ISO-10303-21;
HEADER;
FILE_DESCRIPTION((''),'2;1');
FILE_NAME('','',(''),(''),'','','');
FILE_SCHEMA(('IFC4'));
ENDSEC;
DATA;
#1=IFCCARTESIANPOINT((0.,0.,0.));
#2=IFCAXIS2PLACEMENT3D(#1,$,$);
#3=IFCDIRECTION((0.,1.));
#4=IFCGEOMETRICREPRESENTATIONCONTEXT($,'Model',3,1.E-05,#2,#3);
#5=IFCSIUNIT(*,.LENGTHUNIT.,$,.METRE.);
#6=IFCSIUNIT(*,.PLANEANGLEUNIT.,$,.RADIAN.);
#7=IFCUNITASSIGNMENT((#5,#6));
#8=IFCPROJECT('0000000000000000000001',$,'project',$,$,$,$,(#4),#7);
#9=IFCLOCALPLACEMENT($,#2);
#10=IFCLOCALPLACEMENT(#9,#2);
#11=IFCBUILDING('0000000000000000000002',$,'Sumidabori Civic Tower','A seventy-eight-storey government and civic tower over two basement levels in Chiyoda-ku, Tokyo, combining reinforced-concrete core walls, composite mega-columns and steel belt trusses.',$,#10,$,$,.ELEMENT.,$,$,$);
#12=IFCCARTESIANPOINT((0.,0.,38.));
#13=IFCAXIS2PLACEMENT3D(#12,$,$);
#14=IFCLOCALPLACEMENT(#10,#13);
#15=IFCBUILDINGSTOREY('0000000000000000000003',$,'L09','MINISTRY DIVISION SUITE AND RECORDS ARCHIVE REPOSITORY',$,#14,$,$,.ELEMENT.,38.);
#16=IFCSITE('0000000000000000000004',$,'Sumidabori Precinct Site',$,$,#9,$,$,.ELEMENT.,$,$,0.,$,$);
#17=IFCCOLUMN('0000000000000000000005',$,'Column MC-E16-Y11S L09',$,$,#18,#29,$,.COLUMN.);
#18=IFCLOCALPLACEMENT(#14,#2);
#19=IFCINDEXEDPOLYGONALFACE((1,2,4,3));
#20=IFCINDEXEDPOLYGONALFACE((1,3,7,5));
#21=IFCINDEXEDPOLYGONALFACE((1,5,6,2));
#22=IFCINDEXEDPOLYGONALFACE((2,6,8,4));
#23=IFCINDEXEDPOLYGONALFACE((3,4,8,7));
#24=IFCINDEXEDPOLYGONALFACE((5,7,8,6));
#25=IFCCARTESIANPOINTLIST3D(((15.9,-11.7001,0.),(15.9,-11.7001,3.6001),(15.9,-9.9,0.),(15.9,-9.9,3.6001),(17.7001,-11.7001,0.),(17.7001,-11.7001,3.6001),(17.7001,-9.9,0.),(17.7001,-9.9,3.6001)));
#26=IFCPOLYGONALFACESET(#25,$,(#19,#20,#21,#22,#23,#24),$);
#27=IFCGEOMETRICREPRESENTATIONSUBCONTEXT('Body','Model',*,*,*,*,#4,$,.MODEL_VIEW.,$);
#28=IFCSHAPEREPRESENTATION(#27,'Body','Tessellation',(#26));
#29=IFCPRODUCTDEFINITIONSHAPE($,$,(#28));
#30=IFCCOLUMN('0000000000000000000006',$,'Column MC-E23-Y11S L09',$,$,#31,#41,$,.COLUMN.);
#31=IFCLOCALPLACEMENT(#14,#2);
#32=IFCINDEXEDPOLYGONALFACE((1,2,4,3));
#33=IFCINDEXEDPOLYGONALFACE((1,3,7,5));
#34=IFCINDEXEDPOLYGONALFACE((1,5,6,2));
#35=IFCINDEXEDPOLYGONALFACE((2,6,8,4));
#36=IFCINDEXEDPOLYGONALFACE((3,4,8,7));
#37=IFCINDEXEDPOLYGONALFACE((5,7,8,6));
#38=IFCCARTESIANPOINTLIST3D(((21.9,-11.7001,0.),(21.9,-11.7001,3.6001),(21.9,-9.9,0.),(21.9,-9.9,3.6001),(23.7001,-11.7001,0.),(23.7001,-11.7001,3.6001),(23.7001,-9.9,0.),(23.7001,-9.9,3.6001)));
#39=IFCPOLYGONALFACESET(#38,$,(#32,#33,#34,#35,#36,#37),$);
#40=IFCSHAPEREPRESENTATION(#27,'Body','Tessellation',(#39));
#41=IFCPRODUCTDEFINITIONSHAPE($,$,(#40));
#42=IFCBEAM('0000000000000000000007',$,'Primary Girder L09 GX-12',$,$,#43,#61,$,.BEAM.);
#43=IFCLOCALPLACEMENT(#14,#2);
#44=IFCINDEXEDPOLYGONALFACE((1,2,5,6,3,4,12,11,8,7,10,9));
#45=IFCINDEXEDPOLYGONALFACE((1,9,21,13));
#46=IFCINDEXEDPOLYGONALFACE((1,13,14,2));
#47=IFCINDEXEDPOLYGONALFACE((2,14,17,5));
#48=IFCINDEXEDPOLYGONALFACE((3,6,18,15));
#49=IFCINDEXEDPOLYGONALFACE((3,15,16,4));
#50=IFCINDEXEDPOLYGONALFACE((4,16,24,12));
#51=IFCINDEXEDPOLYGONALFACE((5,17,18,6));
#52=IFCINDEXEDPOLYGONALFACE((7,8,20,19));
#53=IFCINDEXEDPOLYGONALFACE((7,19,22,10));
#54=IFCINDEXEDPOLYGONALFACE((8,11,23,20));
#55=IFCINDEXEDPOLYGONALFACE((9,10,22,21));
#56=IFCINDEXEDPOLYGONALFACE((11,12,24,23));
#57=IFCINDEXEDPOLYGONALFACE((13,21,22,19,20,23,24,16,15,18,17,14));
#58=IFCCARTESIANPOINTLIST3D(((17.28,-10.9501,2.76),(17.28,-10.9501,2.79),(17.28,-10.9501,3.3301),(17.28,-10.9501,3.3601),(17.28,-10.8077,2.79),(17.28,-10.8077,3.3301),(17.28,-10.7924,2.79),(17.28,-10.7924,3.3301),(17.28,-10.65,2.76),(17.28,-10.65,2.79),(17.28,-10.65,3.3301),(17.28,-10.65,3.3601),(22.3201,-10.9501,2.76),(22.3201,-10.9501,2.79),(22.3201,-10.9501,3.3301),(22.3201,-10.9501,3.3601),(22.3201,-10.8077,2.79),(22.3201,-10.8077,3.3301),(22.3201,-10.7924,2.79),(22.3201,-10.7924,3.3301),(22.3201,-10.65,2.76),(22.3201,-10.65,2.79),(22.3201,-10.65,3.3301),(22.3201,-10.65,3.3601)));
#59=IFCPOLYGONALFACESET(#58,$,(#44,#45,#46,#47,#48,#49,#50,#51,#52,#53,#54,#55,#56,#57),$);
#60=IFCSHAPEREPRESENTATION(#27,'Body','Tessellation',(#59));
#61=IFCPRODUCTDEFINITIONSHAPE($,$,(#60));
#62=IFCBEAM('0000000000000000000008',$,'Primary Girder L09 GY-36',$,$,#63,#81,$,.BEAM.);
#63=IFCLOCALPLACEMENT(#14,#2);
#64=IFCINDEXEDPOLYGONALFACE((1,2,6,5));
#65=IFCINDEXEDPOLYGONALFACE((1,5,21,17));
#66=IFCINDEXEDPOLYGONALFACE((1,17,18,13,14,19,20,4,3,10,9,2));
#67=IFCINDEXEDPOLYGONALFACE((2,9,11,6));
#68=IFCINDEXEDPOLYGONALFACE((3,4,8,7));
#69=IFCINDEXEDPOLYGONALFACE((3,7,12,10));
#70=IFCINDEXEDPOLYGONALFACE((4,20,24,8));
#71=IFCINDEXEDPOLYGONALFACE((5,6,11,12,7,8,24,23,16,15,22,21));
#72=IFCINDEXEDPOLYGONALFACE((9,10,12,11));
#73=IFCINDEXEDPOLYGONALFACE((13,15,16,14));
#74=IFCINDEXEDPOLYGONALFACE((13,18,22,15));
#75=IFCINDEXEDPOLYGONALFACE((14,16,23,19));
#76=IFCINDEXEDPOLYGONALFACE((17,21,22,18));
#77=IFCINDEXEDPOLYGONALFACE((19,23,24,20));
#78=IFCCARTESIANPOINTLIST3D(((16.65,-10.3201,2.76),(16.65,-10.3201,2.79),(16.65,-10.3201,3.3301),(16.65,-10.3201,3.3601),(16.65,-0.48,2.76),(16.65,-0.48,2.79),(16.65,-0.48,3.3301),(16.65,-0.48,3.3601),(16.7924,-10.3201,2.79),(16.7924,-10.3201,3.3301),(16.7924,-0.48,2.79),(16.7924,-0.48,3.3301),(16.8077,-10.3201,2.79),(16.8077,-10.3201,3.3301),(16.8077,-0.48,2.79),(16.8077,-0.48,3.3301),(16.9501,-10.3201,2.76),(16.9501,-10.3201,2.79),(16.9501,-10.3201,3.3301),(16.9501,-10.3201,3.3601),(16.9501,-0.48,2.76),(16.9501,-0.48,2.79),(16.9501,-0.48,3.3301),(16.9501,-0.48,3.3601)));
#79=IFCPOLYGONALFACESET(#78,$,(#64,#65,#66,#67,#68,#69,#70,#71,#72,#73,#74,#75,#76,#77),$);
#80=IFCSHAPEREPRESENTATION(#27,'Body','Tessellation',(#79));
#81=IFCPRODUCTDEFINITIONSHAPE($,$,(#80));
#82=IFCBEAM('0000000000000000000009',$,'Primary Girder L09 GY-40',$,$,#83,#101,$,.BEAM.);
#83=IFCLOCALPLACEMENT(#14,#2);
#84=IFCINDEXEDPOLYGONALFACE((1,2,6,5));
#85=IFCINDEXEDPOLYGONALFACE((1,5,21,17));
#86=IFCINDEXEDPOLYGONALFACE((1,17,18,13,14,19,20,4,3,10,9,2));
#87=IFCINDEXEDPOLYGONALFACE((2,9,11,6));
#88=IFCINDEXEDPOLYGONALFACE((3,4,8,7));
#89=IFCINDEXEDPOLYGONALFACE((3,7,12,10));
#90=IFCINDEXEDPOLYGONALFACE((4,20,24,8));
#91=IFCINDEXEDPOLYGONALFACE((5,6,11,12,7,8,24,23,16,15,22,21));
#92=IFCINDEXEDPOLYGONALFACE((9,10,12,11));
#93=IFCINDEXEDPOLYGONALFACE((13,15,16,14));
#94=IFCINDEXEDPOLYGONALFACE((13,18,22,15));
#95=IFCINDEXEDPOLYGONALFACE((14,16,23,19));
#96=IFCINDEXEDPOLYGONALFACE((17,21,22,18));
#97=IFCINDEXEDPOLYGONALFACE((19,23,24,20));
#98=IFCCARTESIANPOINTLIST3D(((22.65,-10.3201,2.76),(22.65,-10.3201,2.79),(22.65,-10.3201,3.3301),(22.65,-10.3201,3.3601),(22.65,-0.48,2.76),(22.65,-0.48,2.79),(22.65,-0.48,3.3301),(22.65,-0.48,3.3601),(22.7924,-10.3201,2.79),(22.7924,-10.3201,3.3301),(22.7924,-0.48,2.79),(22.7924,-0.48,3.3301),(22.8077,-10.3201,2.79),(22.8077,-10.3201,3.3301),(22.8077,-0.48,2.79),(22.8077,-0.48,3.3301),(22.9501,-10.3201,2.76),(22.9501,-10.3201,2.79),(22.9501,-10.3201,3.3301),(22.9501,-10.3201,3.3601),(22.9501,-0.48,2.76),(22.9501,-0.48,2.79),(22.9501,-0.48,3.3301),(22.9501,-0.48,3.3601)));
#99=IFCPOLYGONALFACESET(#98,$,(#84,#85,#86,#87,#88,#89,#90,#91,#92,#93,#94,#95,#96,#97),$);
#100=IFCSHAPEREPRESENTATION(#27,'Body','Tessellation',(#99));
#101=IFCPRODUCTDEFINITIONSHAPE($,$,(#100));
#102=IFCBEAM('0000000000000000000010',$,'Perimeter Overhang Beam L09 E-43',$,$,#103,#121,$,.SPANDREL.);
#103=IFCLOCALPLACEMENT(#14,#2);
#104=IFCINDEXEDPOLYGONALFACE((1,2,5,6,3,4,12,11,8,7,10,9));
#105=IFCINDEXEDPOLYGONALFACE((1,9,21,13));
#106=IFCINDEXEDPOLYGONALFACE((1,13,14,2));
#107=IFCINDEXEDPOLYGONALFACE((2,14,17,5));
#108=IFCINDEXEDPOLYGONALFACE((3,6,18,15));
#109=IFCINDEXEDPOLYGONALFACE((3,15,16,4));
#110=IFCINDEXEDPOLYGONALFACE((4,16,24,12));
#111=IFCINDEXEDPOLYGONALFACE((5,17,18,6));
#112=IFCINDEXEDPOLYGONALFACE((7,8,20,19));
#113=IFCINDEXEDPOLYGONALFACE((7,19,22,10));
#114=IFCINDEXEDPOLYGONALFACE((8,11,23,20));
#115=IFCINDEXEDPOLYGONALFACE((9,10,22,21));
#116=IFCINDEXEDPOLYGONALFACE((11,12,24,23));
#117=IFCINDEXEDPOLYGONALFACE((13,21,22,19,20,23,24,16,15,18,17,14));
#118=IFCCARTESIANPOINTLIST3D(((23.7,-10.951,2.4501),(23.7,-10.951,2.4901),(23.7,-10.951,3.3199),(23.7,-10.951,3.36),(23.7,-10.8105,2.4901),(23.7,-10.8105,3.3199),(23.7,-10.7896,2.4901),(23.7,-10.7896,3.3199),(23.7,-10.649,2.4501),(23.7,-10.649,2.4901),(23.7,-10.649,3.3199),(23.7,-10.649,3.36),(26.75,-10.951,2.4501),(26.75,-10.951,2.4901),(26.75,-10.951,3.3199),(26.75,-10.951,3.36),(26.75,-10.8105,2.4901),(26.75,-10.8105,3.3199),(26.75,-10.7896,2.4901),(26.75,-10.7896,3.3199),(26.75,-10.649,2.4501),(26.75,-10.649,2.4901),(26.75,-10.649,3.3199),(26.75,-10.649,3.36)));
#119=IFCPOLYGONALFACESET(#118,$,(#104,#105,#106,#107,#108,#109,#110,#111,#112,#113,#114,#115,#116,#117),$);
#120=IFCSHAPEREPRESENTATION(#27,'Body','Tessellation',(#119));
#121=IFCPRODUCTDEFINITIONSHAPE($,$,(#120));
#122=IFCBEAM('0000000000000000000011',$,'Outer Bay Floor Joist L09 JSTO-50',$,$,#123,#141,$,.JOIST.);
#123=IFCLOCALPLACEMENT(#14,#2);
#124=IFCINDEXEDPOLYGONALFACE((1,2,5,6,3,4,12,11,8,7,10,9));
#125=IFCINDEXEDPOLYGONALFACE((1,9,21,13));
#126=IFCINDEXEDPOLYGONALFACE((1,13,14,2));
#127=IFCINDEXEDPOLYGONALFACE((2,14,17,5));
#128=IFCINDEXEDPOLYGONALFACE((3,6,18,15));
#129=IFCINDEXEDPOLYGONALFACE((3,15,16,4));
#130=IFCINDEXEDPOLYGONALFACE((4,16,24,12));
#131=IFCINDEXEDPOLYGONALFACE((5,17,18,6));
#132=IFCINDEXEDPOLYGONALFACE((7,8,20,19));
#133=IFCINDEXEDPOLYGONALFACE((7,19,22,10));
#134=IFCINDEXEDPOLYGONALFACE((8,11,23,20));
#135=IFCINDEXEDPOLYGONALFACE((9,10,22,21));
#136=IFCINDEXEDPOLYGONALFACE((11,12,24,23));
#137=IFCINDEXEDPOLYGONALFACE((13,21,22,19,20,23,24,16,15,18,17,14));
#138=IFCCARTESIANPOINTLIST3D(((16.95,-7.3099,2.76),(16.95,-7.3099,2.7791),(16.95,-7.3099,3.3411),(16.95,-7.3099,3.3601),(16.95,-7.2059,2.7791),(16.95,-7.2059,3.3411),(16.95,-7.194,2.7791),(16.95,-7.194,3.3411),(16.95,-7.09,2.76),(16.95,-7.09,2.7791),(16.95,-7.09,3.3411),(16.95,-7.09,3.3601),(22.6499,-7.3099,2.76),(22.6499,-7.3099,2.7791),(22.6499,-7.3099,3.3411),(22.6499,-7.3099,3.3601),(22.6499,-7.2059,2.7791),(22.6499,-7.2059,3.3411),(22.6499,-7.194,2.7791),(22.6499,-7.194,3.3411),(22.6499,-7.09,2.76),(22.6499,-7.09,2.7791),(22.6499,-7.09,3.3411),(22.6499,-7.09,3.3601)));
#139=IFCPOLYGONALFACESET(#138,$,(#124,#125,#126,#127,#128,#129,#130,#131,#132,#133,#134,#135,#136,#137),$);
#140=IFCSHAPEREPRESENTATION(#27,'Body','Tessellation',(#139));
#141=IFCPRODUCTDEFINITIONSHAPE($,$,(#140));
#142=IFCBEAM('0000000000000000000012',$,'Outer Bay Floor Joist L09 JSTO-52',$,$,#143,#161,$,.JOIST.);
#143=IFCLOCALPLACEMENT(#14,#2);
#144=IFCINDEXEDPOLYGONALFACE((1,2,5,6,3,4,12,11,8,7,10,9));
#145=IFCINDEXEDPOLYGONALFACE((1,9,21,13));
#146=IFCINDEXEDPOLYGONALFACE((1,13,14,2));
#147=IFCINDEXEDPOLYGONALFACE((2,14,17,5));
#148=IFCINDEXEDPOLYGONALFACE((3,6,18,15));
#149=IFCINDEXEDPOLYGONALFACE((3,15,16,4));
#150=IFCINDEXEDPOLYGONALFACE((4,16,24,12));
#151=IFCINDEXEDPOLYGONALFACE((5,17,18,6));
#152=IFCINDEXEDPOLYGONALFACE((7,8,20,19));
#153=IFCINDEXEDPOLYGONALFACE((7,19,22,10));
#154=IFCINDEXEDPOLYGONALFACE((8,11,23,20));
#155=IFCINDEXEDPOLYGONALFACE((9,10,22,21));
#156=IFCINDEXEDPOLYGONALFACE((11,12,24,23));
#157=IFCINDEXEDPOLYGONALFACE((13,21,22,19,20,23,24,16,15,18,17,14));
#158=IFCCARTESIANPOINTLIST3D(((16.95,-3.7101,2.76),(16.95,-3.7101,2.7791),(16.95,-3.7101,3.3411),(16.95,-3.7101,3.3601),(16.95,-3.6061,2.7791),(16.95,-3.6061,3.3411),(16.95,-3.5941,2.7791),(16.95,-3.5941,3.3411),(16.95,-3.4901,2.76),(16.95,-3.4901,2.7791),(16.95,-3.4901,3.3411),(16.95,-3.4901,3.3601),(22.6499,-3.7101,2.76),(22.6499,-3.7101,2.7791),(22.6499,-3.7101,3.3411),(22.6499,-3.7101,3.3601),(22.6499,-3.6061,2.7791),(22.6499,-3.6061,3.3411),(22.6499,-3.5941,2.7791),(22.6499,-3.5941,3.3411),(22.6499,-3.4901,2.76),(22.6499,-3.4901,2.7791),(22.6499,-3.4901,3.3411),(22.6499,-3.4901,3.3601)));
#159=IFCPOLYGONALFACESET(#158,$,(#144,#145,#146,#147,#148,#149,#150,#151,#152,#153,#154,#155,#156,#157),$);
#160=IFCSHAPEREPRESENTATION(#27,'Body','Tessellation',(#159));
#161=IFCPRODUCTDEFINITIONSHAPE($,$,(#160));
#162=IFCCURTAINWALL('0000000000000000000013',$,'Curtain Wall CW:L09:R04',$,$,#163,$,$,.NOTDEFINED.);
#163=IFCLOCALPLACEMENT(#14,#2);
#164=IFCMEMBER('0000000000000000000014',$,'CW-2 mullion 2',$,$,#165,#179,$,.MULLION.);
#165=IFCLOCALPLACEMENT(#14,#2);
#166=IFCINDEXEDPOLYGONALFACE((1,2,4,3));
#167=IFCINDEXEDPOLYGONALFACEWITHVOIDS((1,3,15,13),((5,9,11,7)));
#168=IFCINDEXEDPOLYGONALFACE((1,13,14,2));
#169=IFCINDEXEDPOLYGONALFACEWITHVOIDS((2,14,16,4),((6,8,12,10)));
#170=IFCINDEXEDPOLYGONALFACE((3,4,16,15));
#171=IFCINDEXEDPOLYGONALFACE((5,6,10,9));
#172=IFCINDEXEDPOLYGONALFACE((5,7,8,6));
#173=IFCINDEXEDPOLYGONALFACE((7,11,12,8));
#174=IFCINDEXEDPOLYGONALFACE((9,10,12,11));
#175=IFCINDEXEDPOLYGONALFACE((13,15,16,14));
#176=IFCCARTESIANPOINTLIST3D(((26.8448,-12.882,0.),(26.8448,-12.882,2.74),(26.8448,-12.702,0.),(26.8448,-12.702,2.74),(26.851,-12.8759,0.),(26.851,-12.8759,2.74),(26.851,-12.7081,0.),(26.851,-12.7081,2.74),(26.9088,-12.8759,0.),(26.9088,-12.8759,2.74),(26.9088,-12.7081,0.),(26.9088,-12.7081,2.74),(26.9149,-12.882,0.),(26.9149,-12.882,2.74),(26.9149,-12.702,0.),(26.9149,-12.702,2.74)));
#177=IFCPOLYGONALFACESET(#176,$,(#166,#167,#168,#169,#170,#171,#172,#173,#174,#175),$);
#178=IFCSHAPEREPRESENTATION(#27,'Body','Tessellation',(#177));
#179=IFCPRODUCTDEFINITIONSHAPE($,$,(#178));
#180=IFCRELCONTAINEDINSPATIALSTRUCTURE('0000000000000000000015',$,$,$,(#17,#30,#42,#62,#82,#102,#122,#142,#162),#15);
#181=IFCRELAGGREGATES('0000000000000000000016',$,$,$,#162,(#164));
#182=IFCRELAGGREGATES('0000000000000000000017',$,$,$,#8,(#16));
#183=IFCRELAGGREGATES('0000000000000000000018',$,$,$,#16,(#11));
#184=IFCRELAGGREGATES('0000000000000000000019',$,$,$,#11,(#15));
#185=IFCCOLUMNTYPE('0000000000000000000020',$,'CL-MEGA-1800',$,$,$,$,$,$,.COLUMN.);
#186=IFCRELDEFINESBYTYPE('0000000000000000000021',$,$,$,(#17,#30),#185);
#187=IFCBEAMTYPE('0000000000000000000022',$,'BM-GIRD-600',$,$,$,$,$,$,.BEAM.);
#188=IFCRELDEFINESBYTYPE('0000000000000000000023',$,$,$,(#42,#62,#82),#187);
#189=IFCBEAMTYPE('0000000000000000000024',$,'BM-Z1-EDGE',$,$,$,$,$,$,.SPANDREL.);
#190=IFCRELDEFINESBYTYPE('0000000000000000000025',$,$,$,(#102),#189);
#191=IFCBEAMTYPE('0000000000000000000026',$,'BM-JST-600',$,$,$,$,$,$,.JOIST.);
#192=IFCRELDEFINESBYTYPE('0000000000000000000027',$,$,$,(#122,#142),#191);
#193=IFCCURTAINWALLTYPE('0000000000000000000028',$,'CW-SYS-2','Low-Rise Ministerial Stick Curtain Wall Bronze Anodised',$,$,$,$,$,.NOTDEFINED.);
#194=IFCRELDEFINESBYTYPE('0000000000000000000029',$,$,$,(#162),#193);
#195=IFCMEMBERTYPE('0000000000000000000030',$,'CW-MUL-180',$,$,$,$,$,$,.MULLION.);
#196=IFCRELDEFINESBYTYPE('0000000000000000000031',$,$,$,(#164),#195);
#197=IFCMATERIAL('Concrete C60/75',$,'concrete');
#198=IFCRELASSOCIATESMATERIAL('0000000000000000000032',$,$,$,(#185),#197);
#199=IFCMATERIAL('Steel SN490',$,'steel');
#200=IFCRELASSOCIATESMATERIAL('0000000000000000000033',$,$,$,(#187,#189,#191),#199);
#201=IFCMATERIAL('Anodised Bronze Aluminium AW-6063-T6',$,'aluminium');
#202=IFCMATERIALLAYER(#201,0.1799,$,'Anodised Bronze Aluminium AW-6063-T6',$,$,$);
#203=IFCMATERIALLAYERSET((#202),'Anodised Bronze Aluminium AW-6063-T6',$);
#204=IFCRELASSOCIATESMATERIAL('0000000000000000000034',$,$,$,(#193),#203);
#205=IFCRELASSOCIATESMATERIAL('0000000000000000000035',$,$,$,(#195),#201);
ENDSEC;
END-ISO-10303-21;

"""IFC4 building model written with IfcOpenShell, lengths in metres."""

from ifc_helpers import new_model, si_unit, direction, frame, origin, origin_2d, place, context, subcontext, project, spatial, rectangle, hollow_rectangle, i_section, extrude, source, transform, mapped, material, layer, layer_set, material_profile, profile_set, type_object, element, aggregate, save


model = new_model("IFC4")

# Units and contexts
model_context = context("Model", 3, precision=1e-05, world=origin(), true_north=direction((0.0, 1.0)))
body_context = subcontext(model_context, "Body", "Model", "MODEL_VIEW")
ifc_project = project(units=[si_unit("LENGTHUNIT", "METRE"), si_unit("PLANEANGLEUNIT", "RADIAN")], contexts=[model_context])

# Site, building, storey
site_placement = place(None, origin())
site = spatial("IfcSite", under=ifc_project, at=site_placement, Name="Sumidabori Precinct Site", CompositionType="ELEMENT", RefElevation=0.0)
building_placement = place(site_placement, origin())
building = spatial("IfcBuilding", under=site, at=building_placement, Name="Sumidabori Civic Tower", Description="A seventy-eight-storey government and civic tower over two basement levels in Chiyoda-ku, Tokyo, combining reinforced-concrete core walls, composite mega-columns and steel belt trusses.", CompositionType="ELEMENT")
storey_placement = place(building_placement, frame((0.0, 0.0, 38.0)))
storey = spatial("IfcBuildingStorey", under=building, at=storey_placement, Name="L09", Description="MINISTRY DIVISION SUITE AND RECORDS ARCHIVE REPOSITORY", CompositionType="ELEMENT", Elevation=38.0)

# Columns
ifc_material_1 = material(Name="Concrete C60/75", Category="concrete")
ifc_material_profile_1 = material_profile(ifc_material_1, rectangle(XDim=1.8, YDim=1.8, at=origin_2d()), Name="RC 1800x1800")
ifc_profile_set_1 = profile_set([ifc_material_profile_1], Name="Concrete C60/75")
column_type = type_object("IfcColumnType", Name="CL-MEGA-1800", PredefinedType="COLUMN", material=ifc_profile_set_1)
shared_shape_1 = source(origin(), body_context, "Body", "SweptSolid", [
    extrude(rectangle(XDim=1.8, YDim=1.8, at=origin_2d()), origin(), (0.0, 0.0, 1.0), 3.6001),
])
for number, where, z_axis, x_axis, name in (
    (1, (16.8, -10.8, 0.0), (0.0, 0.0, 1.0), (1.0, 0.0, 0.0), "Column MC-E16-Y11S L09"),
    (2, (22.8, -10.8, 0.0), (0.0, 0.0, 1.0), (1.0, 0.0, 0.0), "Column MC-E23-Y11S L09"),
):
    element("IfcColumn", number, at=place(storey_placement, frame(where, z_axis=z_axis, x_axis=x_axis)), inside=storey, type_object=column_type, Name=name, PredefinedType="COLUMN", context=body_context, shape_type="MappedRepresentation", body=[
        mapped(shared_shape_1, transform((0.0, 0.0, 0.0), x_axis=(1.0, 0.0, 0.0), y_axis=(0.0, 1.0, 0.0), z_axis=(0.0, 0.0, 1.0), scale=1.0)),
    ])

# Beams
ifc_material_2 = material(Name="Steel SN490", Category="steel")
ifc_material_profile_2 = material_profile(ifc_material_2, i_section(OverallWidth=0.3, OverallDepth=0.6001, WebThickness=0.0154, FlangeThickness=0.03, at=origin_2d()), Name="HE 600 B")
ifc_profile_set_2 = profile_set([ifc_material_profile_2], Name="Steel SN490")
beam_type_1 = type_object("IfcBeamType", Name="BM-GIRD-600", PredefinedType="BEAM", material=ifc_profile_set_2)
shared_shape_2 = source(origin(), body_context, "Body", "SweptSolid", [
    extrude(i_section(OverallWidth=0.3, OverallDepth=0.6001, WebThickness=0.0154, FlangeThickness=0.03, at=origin_2d()), origin(), (0.0, 0.0, 1.0), 5.04),
])
beam_1_placement = place(storey_placement, frame((17.28, -10.8, 3.0601), z_axis=(1.0, 0.0, 0.0), x_axis=(0.0, 1.0, 0.0)))
element("IfcBeam", 3, at=beam_1_placement, inside=storey, type_object=beam_type_1, Name="Primary Girder L09 GX-12", PredefinedType="BEAM", context=body_context, shape_type="MappedRepresentation", body=[
    mapped(shared_shape_2, transform((0.0, 0.0, 0.0), x_axis=(1.0, 0.0, 0.0), y_axis=(0.0, 1.0, 0.0), z_axis=(0.0, 0.0, 1.0), scale=1.0)),
])
shared_shape_3 = source(origin(), body_context, "Body", "SweptSolid", [
    extrude(i_section(OverallWidth=0.3, OverallDepth=0.6001, WebThickness=0.0154, FlangeThickness=0.03, at=origin_2d()), origin(), (0.0, 0.0, 1.0), 9.8401),
])
for number, where, z_axis, x_axis, name in (
    (4, (16.8, -10.3201, 3.0601), (0.0, 1.0, 0.0), (-1.0, 0.0, 0.0), "Primary Girder L09 GY-36"),
    (5, (22.8, -10.3201, 3.0601), (0.0, 1.0, 0.0), (-1.0, 0.0, 0.0), "Primary Girder L09 GY-40"),
):
    element("IfcBeam", number, at=place(storey_placement, frame(where, z_axis=z_axis, x_axis=x_axis)), inside=storey, type_object=beam_type_1, Name=name, PredefinedType="BEAM", context=body_context, shape_type="MappedRepresentation", body=[
        mapped(shared_shape_3, transform((0.0, 0.0, 0.0), x_axis=(1.0, 0.0, 0.0), y_axis=(0.0, 1.0, 0.0), z_axis=(0.0, 0.0, 1.0), scale=1.0)),
    ])
ifc_material_profile_3 = material_profile(ifc_material_2, i_section(OverallWidth=0.302, OverallDepth=0.9099, WebThickness=0.021, FlangeThickness=0.04, at=origin_2d()), Name="HE 900 M")
ifc_profile_set_3 = profile_set([ifc_material_profile_3], Name="Steel SN490")
beam_type_2 = type_object("IfcBeamType", Name="BM-Z1-EDGE", PredefinedType="SPANDREL", material=ifc_profile_set_3)
shared_shape_4 = source(origin(), body_context, "Body", "SweptSolid", [
    extrude(i_section(OverallWidth=0.302, OverallDepth=0.9099, WebThickness=0.021, FlangeThickness=0.04, at=origin_2d()), origin(), (0.0, 0.0, 1.0), 3.05),
])
beam_2_placement = place(storey_placement, frame((23.7, -10.8, 2.905), z_axis=(1.0, 0.0, 0.0), x_axis=(0.0, 1.0, 0.0)))
element("IfcBeam", 6, at=beam_2_placement, inside=storey, type_object=beam_type_2, Name="Perimeter Overhang Beam L09 E-43", PredefinedType="SPANDREL", context=body_context, shape_type="MappedRepresentation", body=[
    mapped(shared_shape_4, transform((0.0, 0.0, 0.0), x_axis=(1.0, 0.0, 0.0), y_axis=(0.0, 1.0, 0.0), z_axis=(0.0, 0.0, 1.0), scale=1.0)),
])
ifc_material_profile_4 = material_profile(ifc_material_2, i_section(OverallWidth=0.22, OverallDepth=0.6001, WebThickness=0.012, FlangeThickness=0.019, at=origin_2d()), Name="IPE 600")
ifc_profile_set_4 = profile_set([ifc_material_profile_4], Name="Steel SN490")
beam_type_3 = type_object("IfcBeamType", Name="BM-JST-600", PredefinedType="JOIST", material=ifc_profile_set_4)
shared_shape_5 = source(origin(), body_context, "Body", "SweptSolid", [
    extrude(i_section(OverallWidth=0.22, OverallDepth=0.6001, WebThickness=0.012, FlangeThickness=0.019, at=origin_2d()), origin(), (0.0, 0.0, 1.0), 5.7),
])
for number, where, z_axis, x_axis, name in (
    (7, (16.95, -7.2, 3.0601), (1.0, 0.0, 0.0), (0.0, 1.0, 0.0), "Outer Bay Floor Joist L09 JSTO-50"),
    (8, (16.95, -3.6001, 3.0601), (1.0, 0.0, 0.0), (0.0, 1.0, 0.0), "Outer Bay Floor Joist L09 JSTO-52"),
):
    element("IfcBeam", number, at=place(storey_placement, frame(where, z_axis=z_axis, x_axis=x_axis)), inside=storey, type_object=beam_type_3, Name=name, PredefinedType="JOIST", context=body_context, shape_type="MappedRepresentation", body=[
        mapped(shared_shape_5, transform((0.0, 0.0, 0.0), x_axis=(1.0, 0.0, 0.0), y_axis=(0.0, 1.0, 0.0), z_axis=(0.0, 0.0, 1.0), scale=1.0)),
    ])

# Curtain wall, member
ifc_material_3 = material(Name="Anodised Bronze Aluminium AW-6063-T6", Category="aluminium")
ifc_layer_1 = layer(ifc_material_3, 0.1799, Name="Anodised Bronze Aluminium AW-6063-T6")
ifc_layer_set_1 = layer_set([ifc_layer_1], Name="Anodised Bronze Aluminium AW-6063-T6")
curtain_wall_type = type_object("IfcCurtainWallType", Name="CW-SYS-2", Description="Low-Rise Ministerial Stick Curtain Wall Bronze Anodised", PredefinedType="NOTDEFINED", material=ifc_layer_set_1)
curtain_wall_placement = place(storey_placement, origin())
curtain_wall = element("IfcCurtainWall", 9, at=curtain_wall_placement, inside=storey, type_object=curtain_wall_type, Name="Curtain Wall CW:L09:R04", PredefinedType="NOTDEFINED")
ifc_material_profile_5 = material_profile(ifc_material_3, hollow_rectangle(XDim=0.0701, YDim=0.1799, WallThickness=0.0061, at=origin_2d()), Name="ALU MULLION 180x70")
ifc_profile_set_5 = profile_set([ifc_material_profile_5], Name="Anodised Bronze Aluminium AW-6063-T6")
member_type_1 = type_object("IfcMemberType", Name="CW-MUL-180", PredefinedType="MULLION", material=ifc_profile_set_5)
shared_shape_6 = source(origin(), body_context, "Body", "SweptSolid", [
    extrude(hollow_rectangle(XDim=0.0701, YDim=0.1799, WallThickness=0.0061, at=origin_2d()), origin(), (0.0, 0.0, 1.0), 2.74),
])
member_1_placement = place(storey_placement, frame((26.8799, -12.792, 0.0), z_axis=(0.0, 0.0, 1.0), x_axis=(-1.0, 0.0, 0.0)))
member_1 = element("IfcMember", 10, at=member_1_placement, type_object=member_type_1, Name="CW-2 mullion 2", PredefinedType="MULLION", context=body_context, shape_type="MappedRepresentation", body=[
    mapped(shared_shape_6, transform((0.0, 0.0, 0.0), x_axis=(1.0, 0.0, 0.0), y_axis=(0.0, 1.0, 0.0), z_axis=(0.0, 0.0, 1.0), scale=1.0)),
])
aggregate(curtain_wall, [member_1])

save(model, "model.ifc")
